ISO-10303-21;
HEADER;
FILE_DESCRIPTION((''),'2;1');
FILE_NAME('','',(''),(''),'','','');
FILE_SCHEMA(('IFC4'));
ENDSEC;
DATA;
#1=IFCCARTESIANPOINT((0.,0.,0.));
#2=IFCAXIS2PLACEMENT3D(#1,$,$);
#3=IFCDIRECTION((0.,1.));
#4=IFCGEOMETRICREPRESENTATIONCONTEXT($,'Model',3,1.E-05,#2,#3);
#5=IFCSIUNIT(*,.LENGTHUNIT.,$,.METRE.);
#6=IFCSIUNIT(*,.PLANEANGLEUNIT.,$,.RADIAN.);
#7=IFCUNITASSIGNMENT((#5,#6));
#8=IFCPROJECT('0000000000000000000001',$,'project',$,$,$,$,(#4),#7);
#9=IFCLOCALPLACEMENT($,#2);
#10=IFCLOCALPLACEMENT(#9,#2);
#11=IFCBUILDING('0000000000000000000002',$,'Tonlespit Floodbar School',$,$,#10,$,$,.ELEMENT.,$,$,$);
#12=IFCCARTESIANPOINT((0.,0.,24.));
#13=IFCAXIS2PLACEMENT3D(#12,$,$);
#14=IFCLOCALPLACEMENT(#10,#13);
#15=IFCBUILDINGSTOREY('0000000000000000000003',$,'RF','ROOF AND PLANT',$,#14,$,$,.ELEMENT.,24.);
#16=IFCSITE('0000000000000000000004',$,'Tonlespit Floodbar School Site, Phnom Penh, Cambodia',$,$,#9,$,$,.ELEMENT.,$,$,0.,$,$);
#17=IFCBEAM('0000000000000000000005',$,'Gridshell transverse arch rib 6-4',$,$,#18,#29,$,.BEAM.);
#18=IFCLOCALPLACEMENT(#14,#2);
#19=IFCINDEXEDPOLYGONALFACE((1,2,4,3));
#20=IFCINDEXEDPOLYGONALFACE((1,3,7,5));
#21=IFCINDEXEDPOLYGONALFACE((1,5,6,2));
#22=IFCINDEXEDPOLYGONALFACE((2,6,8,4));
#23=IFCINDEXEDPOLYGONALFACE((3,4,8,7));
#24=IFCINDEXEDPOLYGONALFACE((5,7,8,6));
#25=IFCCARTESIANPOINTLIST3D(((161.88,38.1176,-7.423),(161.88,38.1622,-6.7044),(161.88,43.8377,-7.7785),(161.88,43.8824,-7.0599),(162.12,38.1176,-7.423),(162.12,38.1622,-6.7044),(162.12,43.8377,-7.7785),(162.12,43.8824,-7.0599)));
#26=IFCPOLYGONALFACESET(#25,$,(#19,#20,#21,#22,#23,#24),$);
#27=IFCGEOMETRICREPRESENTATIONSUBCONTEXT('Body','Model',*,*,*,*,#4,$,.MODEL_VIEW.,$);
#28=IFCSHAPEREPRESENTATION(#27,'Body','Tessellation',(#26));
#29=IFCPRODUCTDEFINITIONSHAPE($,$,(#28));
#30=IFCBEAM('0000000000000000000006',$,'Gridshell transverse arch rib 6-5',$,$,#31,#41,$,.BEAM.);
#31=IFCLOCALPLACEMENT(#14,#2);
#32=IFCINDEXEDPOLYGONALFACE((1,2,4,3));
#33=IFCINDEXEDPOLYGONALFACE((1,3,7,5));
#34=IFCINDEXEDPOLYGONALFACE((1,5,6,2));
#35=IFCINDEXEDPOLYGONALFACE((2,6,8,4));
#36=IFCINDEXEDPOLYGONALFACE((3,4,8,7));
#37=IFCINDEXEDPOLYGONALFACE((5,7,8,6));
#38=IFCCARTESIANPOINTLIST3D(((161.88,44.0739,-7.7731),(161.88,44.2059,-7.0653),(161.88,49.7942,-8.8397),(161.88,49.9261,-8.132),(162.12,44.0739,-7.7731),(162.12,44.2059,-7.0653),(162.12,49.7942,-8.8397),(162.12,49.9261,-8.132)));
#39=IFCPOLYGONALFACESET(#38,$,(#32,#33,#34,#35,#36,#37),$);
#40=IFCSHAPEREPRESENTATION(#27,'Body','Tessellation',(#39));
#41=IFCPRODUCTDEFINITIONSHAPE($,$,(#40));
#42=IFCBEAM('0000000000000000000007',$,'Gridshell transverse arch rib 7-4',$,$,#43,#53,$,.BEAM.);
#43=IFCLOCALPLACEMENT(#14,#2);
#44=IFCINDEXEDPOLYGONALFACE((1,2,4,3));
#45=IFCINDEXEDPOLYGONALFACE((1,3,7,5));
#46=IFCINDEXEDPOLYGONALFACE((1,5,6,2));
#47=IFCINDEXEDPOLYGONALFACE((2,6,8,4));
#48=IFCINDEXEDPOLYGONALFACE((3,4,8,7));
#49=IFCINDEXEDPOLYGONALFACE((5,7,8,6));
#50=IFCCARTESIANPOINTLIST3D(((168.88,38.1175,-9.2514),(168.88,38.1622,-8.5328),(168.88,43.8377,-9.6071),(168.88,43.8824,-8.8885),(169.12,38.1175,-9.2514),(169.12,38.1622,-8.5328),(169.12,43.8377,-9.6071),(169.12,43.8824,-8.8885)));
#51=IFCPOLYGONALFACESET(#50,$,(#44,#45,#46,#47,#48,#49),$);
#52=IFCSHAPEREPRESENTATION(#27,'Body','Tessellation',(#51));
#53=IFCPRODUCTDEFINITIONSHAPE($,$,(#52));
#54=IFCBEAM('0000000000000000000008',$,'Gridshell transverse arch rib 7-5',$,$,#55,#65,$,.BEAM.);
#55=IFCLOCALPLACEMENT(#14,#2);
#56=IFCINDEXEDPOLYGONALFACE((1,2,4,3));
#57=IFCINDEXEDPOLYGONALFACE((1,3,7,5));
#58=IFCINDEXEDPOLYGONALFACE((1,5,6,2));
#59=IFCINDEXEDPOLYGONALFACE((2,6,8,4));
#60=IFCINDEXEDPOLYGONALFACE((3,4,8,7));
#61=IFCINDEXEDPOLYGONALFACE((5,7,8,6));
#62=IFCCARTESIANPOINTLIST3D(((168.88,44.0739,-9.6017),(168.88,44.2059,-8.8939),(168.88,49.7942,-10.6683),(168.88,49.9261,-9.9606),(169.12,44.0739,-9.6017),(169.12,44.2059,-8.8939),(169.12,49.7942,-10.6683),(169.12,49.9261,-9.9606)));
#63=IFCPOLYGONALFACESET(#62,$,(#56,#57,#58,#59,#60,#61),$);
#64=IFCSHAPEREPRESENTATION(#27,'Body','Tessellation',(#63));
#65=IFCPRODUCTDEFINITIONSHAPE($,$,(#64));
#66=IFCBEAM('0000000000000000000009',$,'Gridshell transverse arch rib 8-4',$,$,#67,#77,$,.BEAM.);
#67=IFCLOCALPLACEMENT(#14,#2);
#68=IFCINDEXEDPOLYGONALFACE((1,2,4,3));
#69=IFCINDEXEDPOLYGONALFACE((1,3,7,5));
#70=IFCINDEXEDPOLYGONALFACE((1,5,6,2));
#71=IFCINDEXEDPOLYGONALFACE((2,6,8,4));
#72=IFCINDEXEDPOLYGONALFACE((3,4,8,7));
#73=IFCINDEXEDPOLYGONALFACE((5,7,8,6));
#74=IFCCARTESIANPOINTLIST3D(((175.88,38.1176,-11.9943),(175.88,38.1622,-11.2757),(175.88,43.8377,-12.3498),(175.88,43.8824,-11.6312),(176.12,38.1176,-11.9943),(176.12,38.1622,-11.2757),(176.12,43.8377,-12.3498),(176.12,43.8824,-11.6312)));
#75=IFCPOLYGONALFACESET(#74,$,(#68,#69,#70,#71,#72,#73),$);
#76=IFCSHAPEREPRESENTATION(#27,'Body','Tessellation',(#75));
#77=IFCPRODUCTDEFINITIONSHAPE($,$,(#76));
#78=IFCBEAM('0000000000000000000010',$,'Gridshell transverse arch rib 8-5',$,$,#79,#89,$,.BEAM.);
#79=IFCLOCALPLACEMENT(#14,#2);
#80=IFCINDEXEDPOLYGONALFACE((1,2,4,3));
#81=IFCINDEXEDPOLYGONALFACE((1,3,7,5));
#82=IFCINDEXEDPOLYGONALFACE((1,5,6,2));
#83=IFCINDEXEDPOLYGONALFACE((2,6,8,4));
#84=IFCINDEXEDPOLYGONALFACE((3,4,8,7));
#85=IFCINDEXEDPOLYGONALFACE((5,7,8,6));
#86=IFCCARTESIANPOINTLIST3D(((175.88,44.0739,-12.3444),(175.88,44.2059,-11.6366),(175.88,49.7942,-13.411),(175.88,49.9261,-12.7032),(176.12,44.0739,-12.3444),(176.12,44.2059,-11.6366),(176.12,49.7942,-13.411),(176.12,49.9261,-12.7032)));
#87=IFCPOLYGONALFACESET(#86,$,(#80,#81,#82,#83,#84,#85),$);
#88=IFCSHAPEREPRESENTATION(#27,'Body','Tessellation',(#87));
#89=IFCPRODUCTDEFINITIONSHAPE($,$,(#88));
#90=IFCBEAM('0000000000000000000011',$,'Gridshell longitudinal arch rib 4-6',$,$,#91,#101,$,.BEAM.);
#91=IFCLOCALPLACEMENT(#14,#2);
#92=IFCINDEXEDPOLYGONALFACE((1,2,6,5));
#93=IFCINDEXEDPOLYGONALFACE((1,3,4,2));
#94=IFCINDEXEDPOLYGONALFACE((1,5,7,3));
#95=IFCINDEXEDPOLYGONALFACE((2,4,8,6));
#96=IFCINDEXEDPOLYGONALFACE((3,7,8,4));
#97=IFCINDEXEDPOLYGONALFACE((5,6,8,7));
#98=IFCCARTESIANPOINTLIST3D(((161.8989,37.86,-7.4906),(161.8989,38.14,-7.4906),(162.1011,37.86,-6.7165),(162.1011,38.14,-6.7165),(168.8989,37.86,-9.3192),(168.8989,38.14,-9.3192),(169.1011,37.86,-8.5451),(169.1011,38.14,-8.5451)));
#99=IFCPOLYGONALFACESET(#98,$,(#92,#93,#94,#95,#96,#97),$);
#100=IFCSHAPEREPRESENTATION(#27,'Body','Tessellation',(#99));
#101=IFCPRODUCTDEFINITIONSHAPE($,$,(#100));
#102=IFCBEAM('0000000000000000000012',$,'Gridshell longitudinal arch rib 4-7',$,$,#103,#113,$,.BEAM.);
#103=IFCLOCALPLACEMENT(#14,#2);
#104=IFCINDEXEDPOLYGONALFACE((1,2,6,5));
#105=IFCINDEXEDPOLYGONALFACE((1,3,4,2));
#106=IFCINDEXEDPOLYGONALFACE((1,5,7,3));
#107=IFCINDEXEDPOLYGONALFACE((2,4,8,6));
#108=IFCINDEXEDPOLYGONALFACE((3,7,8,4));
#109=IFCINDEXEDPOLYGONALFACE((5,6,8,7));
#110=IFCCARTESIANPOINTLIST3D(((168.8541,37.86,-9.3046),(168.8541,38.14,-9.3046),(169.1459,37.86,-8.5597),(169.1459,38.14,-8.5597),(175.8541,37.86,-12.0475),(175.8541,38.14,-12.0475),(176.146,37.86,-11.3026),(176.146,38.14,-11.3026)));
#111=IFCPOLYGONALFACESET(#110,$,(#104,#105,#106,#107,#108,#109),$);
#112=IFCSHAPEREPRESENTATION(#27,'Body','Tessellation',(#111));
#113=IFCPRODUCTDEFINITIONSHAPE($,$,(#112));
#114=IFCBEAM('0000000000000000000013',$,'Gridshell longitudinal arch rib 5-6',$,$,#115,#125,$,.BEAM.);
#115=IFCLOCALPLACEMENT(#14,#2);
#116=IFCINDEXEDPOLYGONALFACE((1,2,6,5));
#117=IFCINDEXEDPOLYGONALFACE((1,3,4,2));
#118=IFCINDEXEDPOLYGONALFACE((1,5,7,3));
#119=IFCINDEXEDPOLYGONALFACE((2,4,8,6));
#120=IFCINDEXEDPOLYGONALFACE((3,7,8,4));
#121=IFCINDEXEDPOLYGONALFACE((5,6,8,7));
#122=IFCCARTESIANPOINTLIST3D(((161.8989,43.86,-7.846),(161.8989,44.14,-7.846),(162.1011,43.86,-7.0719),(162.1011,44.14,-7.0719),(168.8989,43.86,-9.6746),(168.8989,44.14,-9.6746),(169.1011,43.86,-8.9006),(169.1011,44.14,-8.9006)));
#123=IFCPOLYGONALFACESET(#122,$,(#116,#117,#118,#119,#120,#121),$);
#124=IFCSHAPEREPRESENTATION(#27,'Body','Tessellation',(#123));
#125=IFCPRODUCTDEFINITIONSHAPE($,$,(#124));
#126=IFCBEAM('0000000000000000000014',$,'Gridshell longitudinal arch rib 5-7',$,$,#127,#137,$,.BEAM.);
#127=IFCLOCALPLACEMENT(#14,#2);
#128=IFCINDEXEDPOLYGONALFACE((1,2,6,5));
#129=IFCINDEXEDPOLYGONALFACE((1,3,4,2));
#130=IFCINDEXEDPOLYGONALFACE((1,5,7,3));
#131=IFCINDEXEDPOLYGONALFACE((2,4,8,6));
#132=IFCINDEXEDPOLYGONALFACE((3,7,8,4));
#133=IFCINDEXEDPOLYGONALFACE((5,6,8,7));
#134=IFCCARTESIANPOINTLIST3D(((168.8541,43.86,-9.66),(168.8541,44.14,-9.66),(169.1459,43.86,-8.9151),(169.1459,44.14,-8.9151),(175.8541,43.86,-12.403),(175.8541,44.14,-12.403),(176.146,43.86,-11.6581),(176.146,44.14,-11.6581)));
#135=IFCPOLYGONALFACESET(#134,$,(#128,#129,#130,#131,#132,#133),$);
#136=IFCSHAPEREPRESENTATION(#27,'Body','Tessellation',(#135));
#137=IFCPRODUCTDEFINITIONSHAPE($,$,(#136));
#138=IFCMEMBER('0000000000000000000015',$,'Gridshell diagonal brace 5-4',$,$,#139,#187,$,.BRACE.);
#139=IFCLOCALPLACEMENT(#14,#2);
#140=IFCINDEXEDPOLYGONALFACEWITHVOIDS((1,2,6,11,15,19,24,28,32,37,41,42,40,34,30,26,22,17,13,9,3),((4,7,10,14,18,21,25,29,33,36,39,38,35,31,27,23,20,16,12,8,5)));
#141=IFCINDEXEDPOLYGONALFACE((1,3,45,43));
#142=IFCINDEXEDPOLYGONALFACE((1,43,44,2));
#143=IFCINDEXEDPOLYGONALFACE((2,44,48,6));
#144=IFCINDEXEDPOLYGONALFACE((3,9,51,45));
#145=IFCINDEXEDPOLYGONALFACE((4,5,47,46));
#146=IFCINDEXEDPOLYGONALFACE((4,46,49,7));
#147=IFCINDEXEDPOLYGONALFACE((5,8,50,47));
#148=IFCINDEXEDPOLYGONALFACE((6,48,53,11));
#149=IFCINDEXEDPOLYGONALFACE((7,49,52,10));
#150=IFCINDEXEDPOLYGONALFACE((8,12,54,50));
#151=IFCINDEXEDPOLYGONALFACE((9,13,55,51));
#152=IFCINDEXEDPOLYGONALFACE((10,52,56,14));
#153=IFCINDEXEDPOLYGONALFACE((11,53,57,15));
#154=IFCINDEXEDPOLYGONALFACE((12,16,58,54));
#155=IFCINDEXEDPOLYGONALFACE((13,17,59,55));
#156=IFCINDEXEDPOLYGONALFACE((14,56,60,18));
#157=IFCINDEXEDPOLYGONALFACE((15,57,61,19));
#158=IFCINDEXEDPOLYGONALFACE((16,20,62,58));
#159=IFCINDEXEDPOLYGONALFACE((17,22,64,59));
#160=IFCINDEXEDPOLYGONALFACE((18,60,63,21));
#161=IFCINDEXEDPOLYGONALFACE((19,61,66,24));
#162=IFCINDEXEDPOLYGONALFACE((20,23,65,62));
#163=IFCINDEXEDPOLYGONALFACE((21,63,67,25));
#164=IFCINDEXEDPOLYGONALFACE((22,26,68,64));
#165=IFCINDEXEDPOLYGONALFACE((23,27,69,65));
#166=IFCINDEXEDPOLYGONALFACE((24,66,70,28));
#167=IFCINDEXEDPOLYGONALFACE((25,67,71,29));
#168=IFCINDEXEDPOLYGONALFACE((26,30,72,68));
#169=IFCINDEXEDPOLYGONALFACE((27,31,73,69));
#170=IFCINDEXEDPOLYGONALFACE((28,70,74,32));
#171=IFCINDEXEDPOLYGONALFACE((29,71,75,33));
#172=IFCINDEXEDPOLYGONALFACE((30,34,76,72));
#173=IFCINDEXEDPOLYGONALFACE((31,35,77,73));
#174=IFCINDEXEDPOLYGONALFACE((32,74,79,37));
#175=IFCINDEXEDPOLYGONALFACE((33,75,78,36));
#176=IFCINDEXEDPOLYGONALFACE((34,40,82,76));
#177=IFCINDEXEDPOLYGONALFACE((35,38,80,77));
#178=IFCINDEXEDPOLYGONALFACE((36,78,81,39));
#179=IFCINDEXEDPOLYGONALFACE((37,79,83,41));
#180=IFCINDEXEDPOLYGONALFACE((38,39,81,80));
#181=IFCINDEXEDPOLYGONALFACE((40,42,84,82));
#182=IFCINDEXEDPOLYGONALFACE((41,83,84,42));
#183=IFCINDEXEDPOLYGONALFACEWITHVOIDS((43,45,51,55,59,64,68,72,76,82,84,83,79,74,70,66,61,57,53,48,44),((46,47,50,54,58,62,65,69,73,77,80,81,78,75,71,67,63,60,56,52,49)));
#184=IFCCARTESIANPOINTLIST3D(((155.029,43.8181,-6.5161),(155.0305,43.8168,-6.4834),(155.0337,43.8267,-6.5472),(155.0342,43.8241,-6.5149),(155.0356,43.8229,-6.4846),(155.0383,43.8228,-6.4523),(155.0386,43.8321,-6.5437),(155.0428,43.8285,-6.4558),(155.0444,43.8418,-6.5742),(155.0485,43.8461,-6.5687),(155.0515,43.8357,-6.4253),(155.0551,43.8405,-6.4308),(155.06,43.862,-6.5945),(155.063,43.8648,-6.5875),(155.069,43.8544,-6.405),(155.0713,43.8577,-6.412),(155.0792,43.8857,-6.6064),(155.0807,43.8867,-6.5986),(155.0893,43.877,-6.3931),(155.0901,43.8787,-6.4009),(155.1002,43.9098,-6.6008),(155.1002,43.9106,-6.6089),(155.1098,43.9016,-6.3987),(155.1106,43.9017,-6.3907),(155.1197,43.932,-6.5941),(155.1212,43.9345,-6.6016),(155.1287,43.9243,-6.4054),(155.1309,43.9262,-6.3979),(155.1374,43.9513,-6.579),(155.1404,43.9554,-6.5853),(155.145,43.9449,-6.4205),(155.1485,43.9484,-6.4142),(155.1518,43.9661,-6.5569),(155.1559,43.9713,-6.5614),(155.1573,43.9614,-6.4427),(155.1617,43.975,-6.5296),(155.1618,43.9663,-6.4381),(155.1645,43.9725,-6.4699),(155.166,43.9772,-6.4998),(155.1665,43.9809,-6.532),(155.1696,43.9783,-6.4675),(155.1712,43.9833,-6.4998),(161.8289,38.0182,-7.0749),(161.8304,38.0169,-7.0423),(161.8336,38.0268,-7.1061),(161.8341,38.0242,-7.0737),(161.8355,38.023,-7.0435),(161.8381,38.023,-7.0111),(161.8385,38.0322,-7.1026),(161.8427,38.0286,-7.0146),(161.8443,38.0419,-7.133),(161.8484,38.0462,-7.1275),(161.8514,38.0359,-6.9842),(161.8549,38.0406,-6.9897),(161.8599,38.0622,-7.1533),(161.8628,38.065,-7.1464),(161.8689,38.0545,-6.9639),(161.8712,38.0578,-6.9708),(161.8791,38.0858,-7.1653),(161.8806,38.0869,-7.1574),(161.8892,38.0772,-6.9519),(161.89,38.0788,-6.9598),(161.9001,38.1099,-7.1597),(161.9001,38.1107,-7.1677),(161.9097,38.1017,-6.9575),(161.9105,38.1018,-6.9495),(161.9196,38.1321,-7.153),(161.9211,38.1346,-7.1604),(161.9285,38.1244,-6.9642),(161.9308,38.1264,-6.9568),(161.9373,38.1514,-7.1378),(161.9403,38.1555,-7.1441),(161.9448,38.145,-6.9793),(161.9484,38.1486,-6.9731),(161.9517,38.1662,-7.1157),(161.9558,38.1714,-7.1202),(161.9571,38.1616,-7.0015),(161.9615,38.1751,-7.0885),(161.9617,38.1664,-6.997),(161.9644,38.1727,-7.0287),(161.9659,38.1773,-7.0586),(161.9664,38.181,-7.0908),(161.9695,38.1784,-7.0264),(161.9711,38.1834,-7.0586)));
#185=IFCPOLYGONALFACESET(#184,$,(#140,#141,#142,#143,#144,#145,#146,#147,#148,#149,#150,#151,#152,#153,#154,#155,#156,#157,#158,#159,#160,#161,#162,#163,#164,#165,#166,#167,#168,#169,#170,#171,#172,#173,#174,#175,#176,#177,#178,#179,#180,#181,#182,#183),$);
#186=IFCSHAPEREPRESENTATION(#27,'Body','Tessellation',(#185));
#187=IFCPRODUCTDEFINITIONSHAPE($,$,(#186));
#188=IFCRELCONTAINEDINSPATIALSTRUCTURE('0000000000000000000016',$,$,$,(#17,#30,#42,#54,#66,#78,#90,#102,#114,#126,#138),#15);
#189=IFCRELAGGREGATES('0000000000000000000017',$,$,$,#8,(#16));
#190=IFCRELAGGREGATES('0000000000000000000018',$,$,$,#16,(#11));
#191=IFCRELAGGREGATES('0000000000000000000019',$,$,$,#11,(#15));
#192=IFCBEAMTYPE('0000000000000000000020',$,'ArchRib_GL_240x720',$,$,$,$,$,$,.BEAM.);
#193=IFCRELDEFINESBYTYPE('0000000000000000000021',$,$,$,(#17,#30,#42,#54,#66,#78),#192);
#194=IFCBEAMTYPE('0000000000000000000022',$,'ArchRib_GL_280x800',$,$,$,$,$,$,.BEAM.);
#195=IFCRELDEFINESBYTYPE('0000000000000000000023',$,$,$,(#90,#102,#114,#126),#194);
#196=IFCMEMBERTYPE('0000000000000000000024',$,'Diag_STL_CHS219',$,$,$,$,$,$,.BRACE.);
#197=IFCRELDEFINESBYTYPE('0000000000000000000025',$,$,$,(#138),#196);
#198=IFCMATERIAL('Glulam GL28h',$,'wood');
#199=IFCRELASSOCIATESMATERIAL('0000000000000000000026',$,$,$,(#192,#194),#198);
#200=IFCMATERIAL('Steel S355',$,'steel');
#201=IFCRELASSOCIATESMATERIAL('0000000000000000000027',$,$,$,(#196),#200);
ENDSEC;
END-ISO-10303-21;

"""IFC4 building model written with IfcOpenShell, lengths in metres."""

from ifc_helpers import new_model, si_unit, direction, frame, origin, origin_2d, place, context, subcontext, project, spatial, rectangle, hollow_circle, extrude, material, material_profile, profile_set, type_object, element, save


model = new_model("IFC4")

# Units and contexts
model_context = context("Model", 3, precision=1e-05, world=origin(), true_north=direction((0.0, 1.0)))
body_context = subcontext(model_context, "Body", "Model", "MODEL_VIEW")
ifc_project = project(units=[si_unit("LENGTHUNIT", "METRE"), si_unit("PLANEANGLEUNIT", "RADIAN")], contexts=[model_context])

# Site, building, storey
site_placement = place(None, origin())
site = spatial("IfcSite", under=ifc_project, at=site_placement, Name="Tonlespit Floodbar School Site, Phnom Penh, Cambodia", CompositionType="ELEMENT", RefElevation=0.0)
building_placement = place(site_placement, origin())
building = spatial("IfcBuilding", under=site, at=building_placement, Name="Tonlespit Floodbar School", CompositionType="ELEMENT")
storey_placement = place(building_placement, frame((0.0, 0.0, 24.0)))
storey = spatial("IfcBuildingStorey", under=building, at=storey_placement, Name="RF", Description="ROOF AND PLANT", CompositionType="ELEMENT", Elevation=24.0)

# Beams
ifc_material_1 = material(Name="Glulam GL28h", Category="wood")
ifc_material_profile_1 = material_profile(ifc_material_1, rectangle(XDim=0.24, YDim=0.72, at=origin_2d()), Name="GL 240x720")
ifc_profile_set_1 = profile_set([ifc_material_profile_1], Name="Glulam GL28h")
beam_type_1 = type_object("IfcBeamType", Name="ArchRib_GL_240x720", PredefinedType="BEAM", material=ifc_profile_set_1)
beam_1_placement = place(storey_placement, frame((162.0, 38.1399, -7.0637), z_axis=(0.0, 0.998075, -0.062023), x_axis=(-1.0, 0.0, 0.0)))
element("IfcBeam", 1, at=beam_1_placement, inside=storey, type_object=beam_type_1, Name="Gridshell transverse arch rib 6-4", PredefinedType="BEAM", context=body_context, shape_type="SweptSolid", body=[
    extrude(rectangle(XDim=0.24, YDim=0.72, at=origin_2d()), origin(), (0.0, 0.0, 1.0), 5.7312),
])
beam_2_placement = place(storey_placement, frame((162.0, 44.1399, -7.4192), z_axis=(0.0, 0.983055, -0.183311), x_axis=(-1.0, 0.0, 0.0)))
element("IfcBeam", 2, at=beam_2_placement, inside=storey, type_object=beam_type_1, Name="Gridshell transverse arch rib 6-5", PredefinedType="BEAM", context=body_context, shape_type="SweptSolid", body=[
    extrude(rectangle(XDim=0.24, YDim=0.72, at=origin_2d()), origin(), (0.0, 0.0, 1.0), 5.8188),
])
beam_3_placement = place(storey_placement, frame((169.0, 38.1399, -8.8921), z_axis=(0.0, 0.998072, -0.062065), x_axis=(-1.0, 0.0, 0.0)))
element("IfcBeam", 3, at=beam_3_placement, inside=storey, type_object=beam_type_1, Name="Gridshell transverse arch rib 7-4", PredefinedType="BEAM", context=body_context, shape_type="SweptSolid", body=[
    extrude(rectangle(XDim=0.24, YDim=0.72, at=origin_2d()), origin(), (0.0, 0.0, 1.0), 5.7312),
])
beam_4_placement = place(storey_placement, frame((169.0, 44.1399, -9.2478), z_axis=(0.0, 0.983055, -0.183311), x_axis=(-1.0, 0.0, 0.0)))
element("IfcBeam", 4, at=beam_4_placement, inside=storey, type_object=beam_type_1, Name="Gridshell transverse arch rib 7-5", PredefinedType="BEAM", context=body_context, shape_type="SweptSolid", body=[
    extrude(rectangle(XDim=0.24, YDim=0.72, at=origin_2d()), origin(), (0.0, 0.0, 1.0), 5.8188),
])
beam_5_placement = place(storey_placement, frame((176.0, 38.1399, -11.635), z_axis=(0.0, 0.998075, -0.062023), x_axis=(-1.0, 0.0, 0.0)))
element("IfcBeam", 5, at=beam_5_placement, inside=storey, type_object=beam_type_1, Name="Gridshell transverse arch rib 8-4", PredefinedType="BEAM", context=body_context, shape_type="SweptSolid", body=[
    extrude(rectangle(XDim=0.24, YDim=0.72, at=origin_2d()), origin(), (0.0, 0.0, 1.0), 5.7312),
])
beam_6_placement = place(storey_placement, frame((176.0, 44.1399, -11.9905), z_axis=(0.0, 0.983055, -0.183311), x_axis=(-1.0, 0.0, 0.0)))
element("IfcBeam", 6, at=beam_6_placement, inside=storey, type_object=beam_type_1, Name="Gridshell transverse arch rib 8-5", PredefinedType="BEAM", context=body_context, shape_type="SweptSolid", body=[
    extrude(rectangle(XDim=0.24, YDim=0.72, at=origin_2d()), origin(), (0.0, 0.0, 1.0), 5.8188),
])
ifc_material_profile_2 = material_profile(ifc_material_1, rectangle(XDim=0.28, YDim=0.8, at=origin_2d()), Name="GL 280x800")
ifc_profile_set_2 = profile_set([ifc_material_profile_2], Name="Glulam GL28h")
beam_type_2 = type_object("IfcBeamType", Name="ArchRib_GL_280x800", PredefinedType="BEAM", material=ifc_profile_set_2)
beam_7_placement = place(storey_placement, frame((162.0, 38.0, -7.1035), z_axis=(0.967532, 0.0, -0.252749), x_axis=(0.0, 1.0, 0.0)))
element("IfcBeam", 7, at=beam_7_placement, inside=storey, type_object=beam_type_2, Name="Gridshell longitudinal arch rib 4-6", PredefinedType="BEAM", context=body_context, shape_type="SweptSolid", body=[
    extrude(rectangle(XDim=0.28, YDim=0.8, at=origin_2d()), origin(), (0.0, 0.0, 1.0), 7.2349),
])
beam_8_placement = place(storey_placement, frame((169.0, 38.0, -8.9321), z_axis=(0.931072, 0.0, -0.364836), x_axis=(0.0, 1.0, 0.0)))
element("IfcBeam", 8, at=beam_8_placement, inside=storey, type_object=beam_type_2, Name="Gridshell longitudinal arch rib 4-7", PredefinedType="BEAM", context=body_context, shape_type="SweptSolid", body=[
    extrude(rectangle(XDim=0.28, YDim=0.8, at=origin_2d()), origin(), (0.0, 0.0, 1.0), 7.5183),
])
beam_9_placement = place(storey_placement, frame((162.0, 44.0, -7.459), z_axis=(0.967532, 0.0, -0.252749), x_axis=(0.0, 1.0, 0.0)))
element("IfcBeam", 9, at=beam_9_placement, inside=storey, type_object=beam_type_2, Name="Gridshell longitudinal arch rib 5-6", PredefinedType="BEAM", context=body_context, shape_type="SweptSolid", body=[
    extrude(rectangle(XDim=0.28, YDim=0.8, at=origin_2d()), origin(), (0.0, 0.0, 1.0), 7.2349),
])
beam_10_placement = place(storey_placement, frame((169.0, 44.0, -9.2876), z_axis=(0.931072, 0.0, -0.364836), x_axis=(0.0, 1.0, 0.0)))
element("IfcBeam", 10, at=beam_10_placement, inside=storey, type_object=beam_type_2, Name="Gridshell longitudinal arch rib 5-7", PredefinedType="BEAM", context=body_context, shape_type="SweptSolid", body=[
    extrude(rectangle(XDim=0.28, YDim=0.8, at=origin_2d()), origin(), (0.0, 0.0, 1.0), 7.5183),
])

# Member
ifc_material_2 = material(Name="Steel S355", Category="steel")
ifc_material_profile_3 = material_profile(ifc_material_2, hollow_circle(Radius=0.1096, WallThickness=0.0081, at=origin_2d()), Name="CHS 219.1x8")
ifc_profile_set_3 = profile_set([ifc_material_profile_3], Name="Steel S355")
member_type_1 = type_object("IfcMemberType", Name="Diag_STL_CHS219", PredefinedType="BRACE", material=ifc_profile_set_3)
member_1_placement = place(storey_placement, frame((155.1001, 43.8999, -6.4998), z_axis=(0.759353, -0.64768, -0.062407), x_axis=(0.648945, 0.760836, 0.0)))
element("IfcMember", 11, at=member_1_placement, inside=storey, type_object=member_type_1, Name="Gridshell diagonal brace 5-4", PredefinedType="BRACE", context=body_context, shape_type="SweptSolid", body=[
    extrude(hollow_circle(Radius=0.1096, WallThickness=0.0081, at=origin_2d()), origin(), (0.0, 0.0, 1.0), 8.9548),
])

save(model, "model.ifc")
